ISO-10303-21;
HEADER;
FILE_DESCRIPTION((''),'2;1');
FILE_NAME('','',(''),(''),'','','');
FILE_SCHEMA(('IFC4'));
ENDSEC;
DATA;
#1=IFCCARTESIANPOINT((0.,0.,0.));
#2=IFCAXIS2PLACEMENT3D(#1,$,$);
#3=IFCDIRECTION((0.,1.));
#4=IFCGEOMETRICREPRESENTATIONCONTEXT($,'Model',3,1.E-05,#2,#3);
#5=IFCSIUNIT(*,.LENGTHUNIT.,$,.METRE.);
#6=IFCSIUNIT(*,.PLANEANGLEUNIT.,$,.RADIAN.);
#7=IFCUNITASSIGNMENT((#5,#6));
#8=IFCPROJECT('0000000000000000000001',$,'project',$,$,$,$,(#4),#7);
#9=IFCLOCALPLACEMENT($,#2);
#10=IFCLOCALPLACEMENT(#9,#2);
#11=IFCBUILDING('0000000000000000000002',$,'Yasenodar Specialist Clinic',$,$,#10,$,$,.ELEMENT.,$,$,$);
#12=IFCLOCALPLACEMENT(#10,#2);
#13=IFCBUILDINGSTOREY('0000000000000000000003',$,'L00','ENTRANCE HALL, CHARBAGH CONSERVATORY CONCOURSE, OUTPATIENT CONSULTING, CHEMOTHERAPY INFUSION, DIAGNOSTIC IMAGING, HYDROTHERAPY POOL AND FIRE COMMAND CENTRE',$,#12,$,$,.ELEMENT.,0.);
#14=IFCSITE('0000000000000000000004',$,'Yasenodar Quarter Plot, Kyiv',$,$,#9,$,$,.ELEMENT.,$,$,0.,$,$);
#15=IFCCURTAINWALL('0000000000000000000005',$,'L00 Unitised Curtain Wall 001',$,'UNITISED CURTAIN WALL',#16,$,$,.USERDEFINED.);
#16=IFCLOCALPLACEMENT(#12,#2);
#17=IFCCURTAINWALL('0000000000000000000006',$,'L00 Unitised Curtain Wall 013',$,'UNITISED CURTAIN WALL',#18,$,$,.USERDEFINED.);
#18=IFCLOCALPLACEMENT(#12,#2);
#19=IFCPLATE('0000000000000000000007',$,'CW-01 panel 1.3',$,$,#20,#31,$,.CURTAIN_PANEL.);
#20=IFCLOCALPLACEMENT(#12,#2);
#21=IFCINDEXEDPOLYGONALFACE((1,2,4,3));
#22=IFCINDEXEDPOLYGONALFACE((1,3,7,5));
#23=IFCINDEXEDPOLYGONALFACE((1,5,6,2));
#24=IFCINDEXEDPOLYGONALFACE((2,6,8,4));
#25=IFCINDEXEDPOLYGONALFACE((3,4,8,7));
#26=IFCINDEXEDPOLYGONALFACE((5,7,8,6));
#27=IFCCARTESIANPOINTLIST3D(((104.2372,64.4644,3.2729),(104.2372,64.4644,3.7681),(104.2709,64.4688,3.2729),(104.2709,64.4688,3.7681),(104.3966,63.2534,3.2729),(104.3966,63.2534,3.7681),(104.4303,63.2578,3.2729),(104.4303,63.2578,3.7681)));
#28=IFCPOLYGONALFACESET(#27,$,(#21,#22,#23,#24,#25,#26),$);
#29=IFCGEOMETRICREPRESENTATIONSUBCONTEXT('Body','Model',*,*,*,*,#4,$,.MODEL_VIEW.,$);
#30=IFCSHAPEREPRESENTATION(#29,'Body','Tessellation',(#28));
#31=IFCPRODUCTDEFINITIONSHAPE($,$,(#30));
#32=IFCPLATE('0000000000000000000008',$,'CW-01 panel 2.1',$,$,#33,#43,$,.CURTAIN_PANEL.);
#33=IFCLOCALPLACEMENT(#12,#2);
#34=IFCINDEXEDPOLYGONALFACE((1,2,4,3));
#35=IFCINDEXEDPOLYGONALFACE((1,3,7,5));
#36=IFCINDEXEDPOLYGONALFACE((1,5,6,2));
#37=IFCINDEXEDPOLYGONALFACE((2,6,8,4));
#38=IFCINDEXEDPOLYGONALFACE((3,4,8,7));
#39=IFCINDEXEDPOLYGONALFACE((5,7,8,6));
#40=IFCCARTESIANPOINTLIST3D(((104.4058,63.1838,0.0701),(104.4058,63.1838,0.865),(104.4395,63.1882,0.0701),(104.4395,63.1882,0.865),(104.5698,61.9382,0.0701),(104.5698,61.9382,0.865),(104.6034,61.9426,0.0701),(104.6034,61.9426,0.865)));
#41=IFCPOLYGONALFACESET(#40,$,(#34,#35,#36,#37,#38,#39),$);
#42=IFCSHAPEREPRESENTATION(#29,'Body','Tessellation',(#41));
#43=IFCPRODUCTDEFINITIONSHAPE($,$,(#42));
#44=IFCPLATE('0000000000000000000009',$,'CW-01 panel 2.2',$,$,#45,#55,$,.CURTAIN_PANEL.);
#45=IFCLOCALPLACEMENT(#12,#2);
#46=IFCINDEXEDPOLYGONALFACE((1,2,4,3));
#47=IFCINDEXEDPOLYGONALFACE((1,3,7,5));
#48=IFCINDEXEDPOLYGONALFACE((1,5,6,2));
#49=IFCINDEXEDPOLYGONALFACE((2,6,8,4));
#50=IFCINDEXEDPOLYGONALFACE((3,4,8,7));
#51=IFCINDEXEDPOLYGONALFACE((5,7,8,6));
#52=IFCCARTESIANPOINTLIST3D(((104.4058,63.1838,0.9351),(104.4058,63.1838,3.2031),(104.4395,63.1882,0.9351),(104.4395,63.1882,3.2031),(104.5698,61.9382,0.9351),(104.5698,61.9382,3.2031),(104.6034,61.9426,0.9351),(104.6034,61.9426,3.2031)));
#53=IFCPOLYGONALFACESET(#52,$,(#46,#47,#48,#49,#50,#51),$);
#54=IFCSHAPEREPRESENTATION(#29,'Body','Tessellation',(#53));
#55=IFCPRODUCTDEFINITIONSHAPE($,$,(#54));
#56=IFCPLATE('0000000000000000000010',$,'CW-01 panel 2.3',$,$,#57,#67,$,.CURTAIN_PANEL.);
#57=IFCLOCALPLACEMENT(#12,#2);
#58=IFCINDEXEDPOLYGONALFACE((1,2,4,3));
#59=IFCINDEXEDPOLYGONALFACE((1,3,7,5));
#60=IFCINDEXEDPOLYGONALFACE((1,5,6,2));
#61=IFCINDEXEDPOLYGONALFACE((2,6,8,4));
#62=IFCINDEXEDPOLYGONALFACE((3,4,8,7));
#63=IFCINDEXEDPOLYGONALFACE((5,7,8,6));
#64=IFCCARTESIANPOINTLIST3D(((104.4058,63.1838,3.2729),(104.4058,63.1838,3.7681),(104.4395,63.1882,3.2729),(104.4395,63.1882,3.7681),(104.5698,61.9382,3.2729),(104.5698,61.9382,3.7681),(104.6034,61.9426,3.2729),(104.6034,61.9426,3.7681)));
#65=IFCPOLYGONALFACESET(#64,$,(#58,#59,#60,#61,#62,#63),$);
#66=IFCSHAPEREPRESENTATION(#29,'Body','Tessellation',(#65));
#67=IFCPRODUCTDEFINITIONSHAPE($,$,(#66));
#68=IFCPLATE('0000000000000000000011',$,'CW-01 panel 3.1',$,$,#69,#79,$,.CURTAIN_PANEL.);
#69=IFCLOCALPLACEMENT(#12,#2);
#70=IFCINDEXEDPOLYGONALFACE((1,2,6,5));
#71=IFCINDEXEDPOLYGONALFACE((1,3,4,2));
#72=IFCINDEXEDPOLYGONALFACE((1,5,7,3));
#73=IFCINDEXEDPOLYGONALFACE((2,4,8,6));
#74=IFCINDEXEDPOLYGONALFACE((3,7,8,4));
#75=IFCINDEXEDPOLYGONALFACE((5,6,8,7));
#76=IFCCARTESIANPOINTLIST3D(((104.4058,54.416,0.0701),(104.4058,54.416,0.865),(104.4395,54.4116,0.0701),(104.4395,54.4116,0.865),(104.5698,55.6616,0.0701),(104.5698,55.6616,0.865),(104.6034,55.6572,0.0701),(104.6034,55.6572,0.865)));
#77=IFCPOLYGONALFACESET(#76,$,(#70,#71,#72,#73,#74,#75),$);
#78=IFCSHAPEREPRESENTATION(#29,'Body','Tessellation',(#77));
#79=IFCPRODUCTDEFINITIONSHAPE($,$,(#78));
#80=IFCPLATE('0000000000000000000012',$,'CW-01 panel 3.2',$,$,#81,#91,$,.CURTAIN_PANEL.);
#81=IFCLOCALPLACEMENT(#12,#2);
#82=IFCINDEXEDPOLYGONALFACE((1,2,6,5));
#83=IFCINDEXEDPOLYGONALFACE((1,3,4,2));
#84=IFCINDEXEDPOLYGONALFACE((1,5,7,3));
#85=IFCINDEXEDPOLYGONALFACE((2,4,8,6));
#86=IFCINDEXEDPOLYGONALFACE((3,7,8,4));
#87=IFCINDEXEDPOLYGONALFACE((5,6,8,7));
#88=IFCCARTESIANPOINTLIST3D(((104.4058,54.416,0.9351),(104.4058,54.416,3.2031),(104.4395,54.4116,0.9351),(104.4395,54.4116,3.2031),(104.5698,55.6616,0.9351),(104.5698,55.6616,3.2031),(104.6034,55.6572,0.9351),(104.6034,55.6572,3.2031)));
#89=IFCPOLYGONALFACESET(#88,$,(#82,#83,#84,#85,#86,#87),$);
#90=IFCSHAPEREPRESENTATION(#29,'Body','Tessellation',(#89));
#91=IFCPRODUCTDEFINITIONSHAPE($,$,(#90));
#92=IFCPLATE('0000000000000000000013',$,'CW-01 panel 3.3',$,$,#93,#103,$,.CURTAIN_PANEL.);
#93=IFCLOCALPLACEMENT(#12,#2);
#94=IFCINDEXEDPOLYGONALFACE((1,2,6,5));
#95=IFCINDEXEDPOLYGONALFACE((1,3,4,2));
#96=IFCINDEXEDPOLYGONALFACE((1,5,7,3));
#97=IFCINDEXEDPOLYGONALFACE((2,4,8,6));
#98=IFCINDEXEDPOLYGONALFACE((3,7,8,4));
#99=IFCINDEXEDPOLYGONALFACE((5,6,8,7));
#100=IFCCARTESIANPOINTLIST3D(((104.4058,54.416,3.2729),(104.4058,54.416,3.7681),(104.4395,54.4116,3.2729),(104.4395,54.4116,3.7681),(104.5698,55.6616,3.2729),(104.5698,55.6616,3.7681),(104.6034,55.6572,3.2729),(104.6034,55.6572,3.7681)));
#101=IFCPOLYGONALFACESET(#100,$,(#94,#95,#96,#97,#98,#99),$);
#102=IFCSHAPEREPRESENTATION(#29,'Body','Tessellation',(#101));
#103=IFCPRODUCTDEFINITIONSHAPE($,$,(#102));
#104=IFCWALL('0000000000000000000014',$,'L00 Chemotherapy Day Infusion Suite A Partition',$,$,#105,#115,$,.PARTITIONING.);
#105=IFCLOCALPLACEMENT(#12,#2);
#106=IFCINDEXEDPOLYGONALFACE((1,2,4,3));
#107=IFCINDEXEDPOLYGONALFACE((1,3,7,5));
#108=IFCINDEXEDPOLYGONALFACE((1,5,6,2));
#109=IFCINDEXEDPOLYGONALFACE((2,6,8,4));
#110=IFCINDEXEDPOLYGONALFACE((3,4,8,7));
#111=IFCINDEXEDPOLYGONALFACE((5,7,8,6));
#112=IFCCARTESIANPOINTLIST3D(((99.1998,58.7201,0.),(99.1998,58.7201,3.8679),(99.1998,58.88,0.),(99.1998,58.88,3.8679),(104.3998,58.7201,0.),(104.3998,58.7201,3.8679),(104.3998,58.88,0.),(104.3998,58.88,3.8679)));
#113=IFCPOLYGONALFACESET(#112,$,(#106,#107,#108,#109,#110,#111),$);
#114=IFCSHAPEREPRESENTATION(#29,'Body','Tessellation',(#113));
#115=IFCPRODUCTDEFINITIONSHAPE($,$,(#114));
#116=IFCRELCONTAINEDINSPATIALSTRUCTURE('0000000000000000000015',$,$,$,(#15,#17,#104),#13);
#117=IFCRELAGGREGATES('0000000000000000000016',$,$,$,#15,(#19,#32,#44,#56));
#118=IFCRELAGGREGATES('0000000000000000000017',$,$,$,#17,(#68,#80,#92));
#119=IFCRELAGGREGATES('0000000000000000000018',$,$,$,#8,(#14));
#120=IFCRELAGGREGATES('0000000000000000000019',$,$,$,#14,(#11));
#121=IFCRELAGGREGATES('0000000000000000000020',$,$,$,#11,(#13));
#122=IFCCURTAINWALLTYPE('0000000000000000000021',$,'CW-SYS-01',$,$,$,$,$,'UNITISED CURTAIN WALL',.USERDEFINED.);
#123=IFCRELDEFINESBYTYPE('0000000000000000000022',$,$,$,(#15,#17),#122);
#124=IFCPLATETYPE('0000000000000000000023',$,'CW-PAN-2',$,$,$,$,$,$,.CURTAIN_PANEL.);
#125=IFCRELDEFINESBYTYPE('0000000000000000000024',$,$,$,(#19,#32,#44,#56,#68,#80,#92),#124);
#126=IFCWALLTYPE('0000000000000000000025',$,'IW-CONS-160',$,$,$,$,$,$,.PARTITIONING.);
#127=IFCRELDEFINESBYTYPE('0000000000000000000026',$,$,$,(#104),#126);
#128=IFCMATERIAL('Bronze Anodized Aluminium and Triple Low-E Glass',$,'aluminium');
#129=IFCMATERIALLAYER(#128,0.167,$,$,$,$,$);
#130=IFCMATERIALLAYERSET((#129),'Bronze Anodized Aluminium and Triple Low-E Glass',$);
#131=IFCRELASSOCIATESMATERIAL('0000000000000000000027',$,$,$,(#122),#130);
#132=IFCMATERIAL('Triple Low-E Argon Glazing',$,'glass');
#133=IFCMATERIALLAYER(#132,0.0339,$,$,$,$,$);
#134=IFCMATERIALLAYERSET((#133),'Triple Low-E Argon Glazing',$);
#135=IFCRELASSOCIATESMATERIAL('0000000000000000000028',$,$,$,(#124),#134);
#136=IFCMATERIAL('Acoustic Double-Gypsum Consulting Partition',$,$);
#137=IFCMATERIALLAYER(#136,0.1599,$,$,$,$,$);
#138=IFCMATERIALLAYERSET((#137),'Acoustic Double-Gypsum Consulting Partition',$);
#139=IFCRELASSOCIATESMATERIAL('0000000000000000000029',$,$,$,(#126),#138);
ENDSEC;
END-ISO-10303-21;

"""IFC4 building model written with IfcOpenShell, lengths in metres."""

from ifc_helpers import new_model, si_unit, direction, frame, frame_2d, origin, origin_2d, place, context, subcontext, project, spatial, rectangle, extrude, material, layer, layer_set, type_object, element, aggregate, save


model = new_model("IFC4")

# Units and contexts
model_context = context("Model", 3, precision=1e-05, world=origin(), true_north=direction((0.0, 1.0)))
body_context = subcontext(model_context, "Body", "Model", "MODEL_VIEW")
ifc_project = project(units=[si_unit("LENGTHUNIT", "METRE"), si_unit("PLANEANGLEUNIT", "RADIAN")], contexts=[model_context])

# Site, building, storey
site_placement = place(None, origin())
site = spatial("IfcSite", under=ifc_project, at=site_placement, Name="Yasenodar Quarter Plot, Kyiv", CompositionType="ELEMENT", RefElevation=0.0)
building_placement = place(site_placement, origin())
building = spatial("IfcBuilding", under=site, at=building_placement, Name="Yasenodar Specialist Clinic", CompositionType="ELEMENT")
storey_placement = place(building_placement, origin())
storey = spatial("IfcBuildingStorey", under=building, at=storey_placement, Name="L00", Description="ENTRANCE HALL, CHARBAGH CONSERVATORY CONCOURSE, OUTPATIENT CONSULTING, CHEMOTHERAPY INFUSION, DIAGNOSTIC IMAGING, HYDROTHERAPY POOL AND FIRE COMMAND CENTRE", CompositionType="ELEMENT", Elevation=0.0)

# Curtain wall
ifc_material_1 = material(Name="Bronze Anodized Aluminium and Triple Low-E Glass", Category="aluminium")
ifc_layer_1 = layer(ifc_material_1, 0.167)
ifc_layer_set_1 = layer_set([ifc_layer_1], Name="Bronze Anodized Aluminium and Triple Low-E Glass")
curtain_wall_type = type_object("IfcCurtainWallType", Name="CW-SYS-01", ElementType="UNITISED CURTAIN WALL", PredefinedType="USERDEFINED", material=ifc_layer_set_1)
curtain_wall_1_placement = place(storey_placement, origin())
curtain_wall_1 = element("IfcCurtainWall", 1, at=curtain_wall_1_placement, inside=storey, type_object=curtain_wall_type, Name="L00 Unitised Curtain Wall 001", ObjectType="UNITISED CURTAIN WALL", PredefinedType="USERDEFINED")

# Curtain wall
curtain_wall_2_placement = place(storey_placement, origin())
curtain_wall_2 = element("IfcCurtainWall", 2, at=curtain_wall_2_placement, inside=storey, type_object=curtain_wall_type, Name="L00 Unitised Curtain Wall 013", ObjectType="UNITISED CURTAIN WALL", PredefinedType="USERDEFINED")

# Plates
ifc_material_2 = material(Name="Triple Low-E Argon Glazing", Category="glass")
ifc_layer_2 = layer(ifc_material_2, 0.0339)
ifc_layer_set_2 = layer_set([ifc_layer_2], Name="Triple Low-E Argon Glazing")
plate_type = type_object("IfcPlateType", Name="CW-PAN-2", PredefinedType="CURTAIN_PANEL", material=ifc_layer_set_2)
plate_1_placement = place(storey_placement, frame((104.3337, 63.8611, 3.2729), z_axis=(0.0, 0.0, 1.0), x_axis=(0.130512, -0.991447, 0.0)))
plate_1 = element("IfcPlate", 3, at=plate_1_placement, type_object=plate_type, Name="CW-01 panel 1.3", PredefinedType="CURTAIN_PANEL", context=body_context, shape_type="SweptSolid", body=[
    extrude(rectangle(XDim=1.2214, YDim=0.0339, at=origin_2d()), origin(), (0.0, 0.0, 1.0), 0.4951),
])
plate_2_placement = place(storey_placement, frame((104.5046, 62.5632, 0.0701), z_axis=(0.0, 0.0, 1.0), x_axis=(0.130512, -0.991447, 0.0)))
plate_2 = element("IfcPlate", 4, at=plate_2_placement, type_object=plate_type, Name="CW-01 panel 2.1", PredefinedType="CURTAIN_PANEL", context=body_context, shape_type="SweptSolid", body=[
    extrude(rectangle(XDim=1.2563, YDim=0.0339, at=origin_2d()), origin(), (0.0, 0.0, 1.0), 0.7949),
])
plate_3_placement = place(storey_placement, frame((104.5046, 62.5632, 0.9351), z_axis=(0.0, 0.0, 1.0), x_axis=(0.130512, -0.991447, 0.0)))
plate_3 = element("IfcPlate", 5, at=plate_3_placement, type_object=plate_type, Name="CW-01 panel 2.2", PredefinedType="CURTAIN_PANEL", context=body_context, shape_type="SweptSolid", body=[
    extrude(rectangle(XDim=1.2563, YDim=0.0339, at=origin_2d()), origin(), (0.0, 0.0, 1.0), 2.2681),
])
plate_4_placement = place(storey_placement, frame((104.5046, 62.5632, 3.2729), z_axis=(0.0, 0.0, 1.0), x_axis=(0.130512, -0.991447, 0.0)))
plate_4 = element("IfcPlate", 6, at=plate_4_placement, type_object=plate_type, Name="CW-01 panel 2.3", PredefinedType="CURTAIN_PANEL", context=body_context, shape_type="SweptSolid", body=[
    extrude(rectangle(XDim=1.2563, YDim=0.0339, at=origin_2d()), origin(), (0.0, 0.0, 1.0), 0.4951),
])
aggregate(curtain_wall_1, [plate_1, plate_2, plate_3, plate_4])
plate_5_placement = place(storey_placement, frame((104.5046, 55.0366, 0.0701), z_axis=(0.0, 0.0, 1.0), x_axis=(-0.130512, -0.991447, 0.0)))
plate_5 = element("IfcPlate", 7, at=plate_5_placement, type_object=plate_type, Name="CW-01 panel 3.1", PredefinedType="CURTAIN_PANEL", context=body_context, shape_type="SweptSolid", body=[
    extrude(rectangle(XDim=1.2563, YDim=0.0339, at=origin_2d()), origin(), (0.0, 0.0, 1.0), 0.7949),
])
plate_6_placement = place(storey_placement, frame((104.5046, 55.0366, 0.9351), z_axis=(0.0, 0.0, 1.0), x_axis=(-0.130512, -0.991447, 0.0)))
plate_6 = element("IfcPlate", 8, at=plate_6_placement, type_object=plate_type, Name="CW-01 panel 3.2", PredefinedType="CURTAIN_PANEL", context=body_context, shape_type="SweptSolid", body=[
    extrude(rectangle(XDim=1.2563, YDim=0.0339, at=origin_2d()), origin(), (0.0, 0.0, 1.0), 2.2681),
])
plate_7_placement = place(storey_placement, frame((104.5046, 55.0366, 3.2729), z_axis=(0.0, 0.0, 1.0), x_axis=(-0.130512, -0.991447, 0.0)))
plate_7 = element("IfcPlate", 9, at=plate_7_placement, type_object=plate_type, Name="CW-01 panel 3.3", PredefinedType="CURTAIN_PANEL", context=body_context, shape_type="SweptSolid", body=[
    extrude(rectangle(XDim=1.2563, YDim=0.0339, at=origin_2d()), origin(), (0.0, 0.0, 1.0), 0.4951),
])
aggregate(curtain_wall_2, [plate_5, plate_6, plate_7])

# Wall
ifc_material_3 = material(Name="Acoustic Double-Gypsum Consulting Partition")
ifc_layer_3 = layer(ifc_material_3, 0.1599)
ifc_layer_set_3 = layer_set([ifc_layer_3], Name="Acoustic Double-Gypsum Consulting Partition")
wall_type = type_object("IfcWallType", Name="IW-CONS-160", PredefinedType="PARTITIONING", material=ifc_layer_set_3)
wall_placement = place(storey_placement, frame((104.3999, 58.8, 0.0), z_axis=(0.0, 0.0, 1.0), x_axis=(-1.0, 0.0, 0.0)))
element("IfcWall", 10, at=wall_placement, inside=storey, type_object=wall_type, Name="L00 Chemotherapy Day Infusion Suite A Partition", PredefinedType="PARTITIONING", context=body_context, shape_type="SweptSolid", body=[
    extrude(rectangle(XDim=5.2, YDim=0.1599, at=frame_2d((2.6001, 0.0))), origin(), (0.0, 0.0, 1.0), 3.8679),
])

save(model, "model.ifc")
